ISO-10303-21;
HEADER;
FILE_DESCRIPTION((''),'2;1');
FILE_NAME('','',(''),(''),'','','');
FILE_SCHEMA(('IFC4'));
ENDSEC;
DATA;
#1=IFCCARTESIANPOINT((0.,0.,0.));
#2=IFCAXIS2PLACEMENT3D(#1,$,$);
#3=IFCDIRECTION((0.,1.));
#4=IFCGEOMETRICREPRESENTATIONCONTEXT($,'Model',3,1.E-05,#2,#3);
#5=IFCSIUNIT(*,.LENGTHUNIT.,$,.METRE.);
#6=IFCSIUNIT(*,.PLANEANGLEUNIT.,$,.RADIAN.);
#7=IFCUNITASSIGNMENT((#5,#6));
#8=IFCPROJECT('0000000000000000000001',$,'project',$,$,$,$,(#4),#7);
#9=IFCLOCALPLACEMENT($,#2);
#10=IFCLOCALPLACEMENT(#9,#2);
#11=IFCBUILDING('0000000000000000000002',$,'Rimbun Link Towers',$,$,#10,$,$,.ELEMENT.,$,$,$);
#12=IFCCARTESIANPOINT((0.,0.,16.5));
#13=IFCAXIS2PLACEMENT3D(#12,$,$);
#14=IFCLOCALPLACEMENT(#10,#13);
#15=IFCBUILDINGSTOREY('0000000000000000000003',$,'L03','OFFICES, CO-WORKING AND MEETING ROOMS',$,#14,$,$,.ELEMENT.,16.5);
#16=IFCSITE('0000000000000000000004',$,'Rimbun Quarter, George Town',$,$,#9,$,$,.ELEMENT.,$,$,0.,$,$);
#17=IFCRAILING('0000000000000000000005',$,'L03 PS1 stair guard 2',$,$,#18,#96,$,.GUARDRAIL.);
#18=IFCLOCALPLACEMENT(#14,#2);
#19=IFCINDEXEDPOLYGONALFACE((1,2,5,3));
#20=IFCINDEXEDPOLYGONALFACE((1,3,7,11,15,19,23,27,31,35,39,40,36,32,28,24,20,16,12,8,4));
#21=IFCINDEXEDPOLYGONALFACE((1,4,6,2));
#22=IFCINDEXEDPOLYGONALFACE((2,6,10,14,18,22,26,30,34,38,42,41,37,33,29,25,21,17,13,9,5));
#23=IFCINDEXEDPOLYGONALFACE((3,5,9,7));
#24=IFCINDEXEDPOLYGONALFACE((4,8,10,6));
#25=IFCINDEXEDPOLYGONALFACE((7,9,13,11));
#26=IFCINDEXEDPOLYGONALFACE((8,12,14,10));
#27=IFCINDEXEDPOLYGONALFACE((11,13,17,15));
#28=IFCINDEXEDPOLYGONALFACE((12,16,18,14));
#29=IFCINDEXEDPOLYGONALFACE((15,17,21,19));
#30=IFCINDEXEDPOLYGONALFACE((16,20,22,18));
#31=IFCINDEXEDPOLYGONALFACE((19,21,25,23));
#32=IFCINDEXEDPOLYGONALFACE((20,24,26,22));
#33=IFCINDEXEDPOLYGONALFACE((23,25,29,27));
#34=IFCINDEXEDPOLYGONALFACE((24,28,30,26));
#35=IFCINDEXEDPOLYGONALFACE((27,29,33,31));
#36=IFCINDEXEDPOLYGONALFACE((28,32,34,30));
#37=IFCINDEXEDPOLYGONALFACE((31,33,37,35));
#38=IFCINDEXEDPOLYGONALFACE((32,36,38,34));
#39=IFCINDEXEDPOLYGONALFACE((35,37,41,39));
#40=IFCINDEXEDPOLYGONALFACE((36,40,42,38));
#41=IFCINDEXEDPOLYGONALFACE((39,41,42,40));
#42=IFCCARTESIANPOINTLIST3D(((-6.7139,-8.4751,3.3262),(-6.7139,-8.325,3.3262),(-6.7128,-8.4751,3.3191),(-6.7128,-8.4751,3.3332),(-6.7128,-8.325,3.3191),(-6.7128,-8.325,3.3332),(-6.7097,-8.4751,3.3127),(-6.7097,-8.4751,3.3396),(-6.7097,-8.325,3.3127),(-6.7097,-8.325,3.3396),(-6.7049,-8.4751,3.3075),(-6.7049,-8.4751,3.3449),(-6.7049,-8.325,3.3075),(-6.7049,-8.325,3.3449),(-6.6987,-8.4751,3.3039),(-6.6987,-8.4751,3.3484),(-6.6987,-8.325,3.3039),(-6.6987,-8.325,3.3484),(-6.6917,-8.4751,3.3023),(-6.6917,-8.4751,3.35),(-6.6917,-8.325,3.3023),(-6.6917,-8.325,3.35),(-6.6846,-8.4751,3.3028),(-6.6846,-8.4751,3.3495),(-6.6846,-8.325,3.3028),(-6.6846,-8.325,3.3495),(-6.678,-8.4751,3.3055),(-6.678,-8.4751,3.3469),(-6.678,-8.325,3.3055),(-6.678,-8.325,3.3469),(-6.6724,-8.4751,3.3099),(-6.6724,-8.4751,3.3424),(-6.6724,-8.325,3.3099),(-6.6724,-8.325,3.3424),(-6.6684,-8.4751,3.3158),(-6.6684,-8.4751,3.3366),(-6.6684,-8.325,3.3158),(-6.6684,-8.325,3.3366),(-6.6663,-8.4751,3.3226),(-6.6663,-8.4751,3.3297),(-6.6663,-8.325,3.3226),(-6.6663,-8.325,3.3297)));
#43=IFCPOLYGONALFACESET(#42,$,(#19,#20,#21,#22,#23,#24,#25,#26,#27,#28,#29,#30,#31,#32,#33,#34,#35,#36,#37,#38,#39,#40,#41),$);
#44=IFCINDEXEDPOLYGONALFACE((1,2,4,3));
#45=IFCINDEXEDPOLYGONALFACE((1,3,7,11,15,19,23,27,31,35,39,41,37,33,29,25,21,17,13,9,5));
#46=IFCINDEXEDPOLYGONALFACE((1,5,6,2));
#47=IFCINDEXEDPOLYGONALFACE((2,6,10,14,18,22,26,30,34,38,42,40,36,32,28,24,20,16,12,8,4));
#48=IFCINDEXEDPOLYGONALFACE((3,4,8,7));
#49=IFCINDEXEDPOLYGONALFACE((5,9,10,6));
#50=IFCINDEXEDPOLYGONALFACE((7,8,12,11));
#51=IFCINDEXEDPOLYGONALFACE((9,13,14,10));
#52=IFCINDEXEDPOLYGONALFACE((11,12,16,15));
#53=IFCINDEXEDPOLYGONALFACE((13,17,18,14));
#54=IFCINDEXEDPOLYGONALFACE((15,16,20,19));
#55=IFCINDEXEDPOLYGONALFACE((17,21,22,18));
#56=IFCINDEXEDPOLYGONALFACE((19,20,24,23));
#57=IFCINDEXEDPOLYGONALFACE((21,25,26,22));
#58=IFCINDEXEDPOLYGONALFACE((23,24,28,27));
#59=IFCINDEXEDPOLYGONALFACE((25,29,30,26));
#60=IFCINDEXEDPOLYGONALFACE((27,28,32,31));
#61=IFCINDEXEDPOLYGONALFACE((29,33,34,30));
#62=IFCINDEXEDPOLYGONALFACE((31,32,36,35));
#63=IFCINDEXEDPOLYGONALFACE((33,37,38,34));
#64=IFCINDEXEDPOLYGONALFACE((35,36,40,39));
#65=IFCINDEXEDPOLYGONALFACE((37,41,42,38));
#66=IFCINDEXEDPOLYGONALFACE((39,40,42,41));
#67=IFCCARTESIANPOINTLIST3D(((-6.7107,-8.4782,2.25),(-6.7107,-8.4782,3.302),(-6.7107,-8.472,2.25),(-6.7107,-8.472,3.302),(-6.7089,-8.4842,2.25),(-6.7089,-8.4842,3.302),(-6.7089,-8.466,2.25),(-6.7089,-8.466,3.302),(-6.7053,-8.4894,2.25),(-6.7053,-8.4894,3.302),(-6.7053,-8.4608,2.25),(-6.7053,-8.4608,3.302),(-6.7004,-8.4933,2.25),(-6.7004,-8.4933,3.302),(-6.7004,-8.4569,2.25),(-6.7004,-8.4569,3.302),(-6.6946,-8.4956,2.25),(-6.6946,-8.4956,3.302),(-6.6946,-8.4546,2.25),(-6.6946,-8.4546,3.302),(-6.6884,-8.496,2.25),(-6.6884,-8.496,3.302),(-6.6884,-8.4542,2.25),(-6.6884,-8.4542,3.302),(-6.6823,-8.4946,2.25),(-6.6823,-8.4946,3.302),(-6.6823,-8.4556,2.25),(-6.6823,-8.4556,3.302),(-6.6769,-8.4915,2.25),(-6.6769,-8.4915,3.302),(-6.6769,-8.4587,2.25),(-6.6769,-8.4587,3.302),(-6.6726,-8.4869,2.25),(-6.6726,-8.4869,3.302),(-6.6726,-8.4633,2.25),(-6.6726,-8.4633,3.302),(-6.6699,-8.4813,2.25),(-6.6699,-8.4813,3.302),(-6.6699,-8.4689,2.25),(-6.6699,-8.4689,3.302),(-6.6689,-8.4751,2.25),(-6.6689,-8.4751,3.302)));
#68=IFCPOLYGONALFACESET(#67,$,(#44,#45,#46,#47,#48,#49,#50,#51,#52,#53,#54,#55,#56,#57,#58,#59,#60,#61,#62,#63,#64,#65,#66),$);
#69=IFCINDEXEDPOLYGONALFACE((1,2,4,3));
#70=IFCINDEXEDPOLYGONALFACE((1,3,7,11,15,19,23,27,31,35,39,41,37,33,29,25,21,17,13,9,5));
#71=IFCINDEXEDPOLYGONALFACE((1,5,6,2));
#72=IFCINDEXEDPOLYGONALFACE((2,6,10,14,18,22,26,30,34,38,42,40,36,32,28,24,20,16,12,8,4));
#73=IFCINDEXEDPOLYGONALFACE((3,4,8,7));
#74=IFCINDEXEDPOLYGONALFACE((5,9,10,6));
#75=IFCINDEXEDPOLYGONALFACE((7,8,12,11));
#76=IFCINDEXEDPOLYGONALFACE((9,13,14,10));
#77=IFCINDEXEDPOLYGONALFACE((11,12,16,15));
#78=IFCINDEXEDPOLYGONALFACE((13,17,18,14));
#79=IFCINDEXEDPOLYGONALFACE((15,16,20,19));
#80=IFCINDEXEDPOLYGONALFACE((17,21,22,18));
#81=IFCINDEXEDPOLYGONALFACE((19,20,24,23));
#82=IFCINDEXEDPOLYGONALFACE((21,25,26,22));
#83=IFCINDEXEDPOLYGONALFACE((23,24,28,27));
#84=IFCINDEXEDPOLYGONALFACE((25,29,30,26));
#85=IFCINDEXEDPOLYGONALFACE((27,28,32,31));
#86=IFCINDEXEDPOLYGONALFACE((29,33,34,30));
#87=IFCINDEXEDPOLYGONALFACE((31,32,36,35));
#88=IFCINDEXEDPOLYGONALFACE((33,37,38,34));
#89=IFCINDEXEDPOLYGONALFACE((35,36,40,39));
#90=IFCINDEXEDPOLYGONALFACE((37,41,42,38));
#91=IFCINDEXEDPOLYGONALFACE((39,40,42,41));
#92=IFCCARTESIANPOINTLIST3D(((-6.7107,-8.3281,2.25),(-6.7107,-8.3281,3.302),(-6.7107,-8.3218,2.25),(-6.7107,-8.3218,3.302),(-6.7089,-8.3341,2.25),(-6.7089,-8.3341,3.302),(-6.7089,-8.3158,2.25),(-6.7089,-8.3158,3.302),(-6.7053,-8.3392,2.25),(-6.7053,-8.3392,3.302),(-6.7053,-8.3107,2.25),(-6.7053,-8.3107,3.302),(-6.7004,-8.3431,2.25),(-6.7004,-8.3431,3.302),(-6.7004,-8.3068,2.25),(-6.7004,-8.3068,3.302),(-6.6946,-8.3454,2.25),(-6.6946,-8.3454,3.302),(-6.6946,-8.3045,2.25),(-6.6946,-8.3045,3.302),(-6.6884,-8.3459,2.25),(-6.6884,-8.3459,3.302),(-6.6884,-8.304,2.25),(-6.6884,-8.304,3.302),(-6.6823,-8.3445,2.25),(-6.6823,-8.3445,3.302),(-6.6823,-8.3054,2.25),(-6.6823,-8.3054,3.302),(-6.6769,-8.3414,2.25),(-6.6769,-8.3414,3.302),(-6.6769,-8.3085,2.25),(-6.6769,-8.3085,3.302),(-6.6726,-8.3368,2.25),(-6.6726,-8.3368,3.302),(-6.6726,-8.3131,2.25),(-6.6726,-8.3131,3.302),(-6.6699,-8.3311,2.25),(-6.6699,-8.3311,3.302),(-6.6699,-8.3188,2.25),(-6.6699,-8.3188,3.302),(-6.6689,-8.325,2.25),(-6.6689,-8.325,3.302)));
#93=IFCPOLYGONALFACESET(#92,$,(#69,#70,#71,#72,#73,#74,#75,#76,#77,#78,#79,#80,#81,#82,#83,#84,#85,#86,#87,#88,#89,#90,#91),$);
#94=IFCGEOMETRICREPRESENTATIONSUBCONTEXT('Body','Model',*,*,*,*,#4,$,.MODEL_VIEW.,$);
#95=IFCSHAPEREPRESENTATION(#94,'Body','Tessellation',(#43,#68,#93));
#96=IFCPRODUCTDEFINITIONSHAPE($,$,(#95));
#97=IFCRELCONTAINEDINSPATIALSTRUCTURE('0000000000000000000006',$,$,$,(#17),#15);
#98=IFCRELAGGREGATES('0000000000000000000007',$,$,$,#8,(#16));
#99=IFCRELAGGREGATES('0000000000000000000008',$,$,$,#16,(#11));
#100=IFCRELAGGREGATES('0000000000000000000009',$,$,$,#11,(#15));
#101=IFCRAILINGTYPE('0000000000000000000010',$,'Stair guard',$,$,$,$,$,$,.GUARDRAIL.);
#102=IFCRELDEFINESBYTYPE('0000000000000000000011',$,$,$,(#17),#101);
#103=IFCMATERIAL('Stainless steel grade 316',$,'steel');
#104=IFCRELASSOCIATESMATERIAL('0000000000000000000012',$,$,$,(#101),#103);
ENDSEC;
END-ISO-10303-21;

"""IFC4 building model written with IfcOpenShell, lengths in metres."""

from ifc_helpers import new_model, si_unit, direction, frame, origin, origin_2d, place, context, subcontext, project, spatial, circle, extrude, material, type_object, element, save


model = new_model("IFC4")

# Units and contexts
model_context = context("Model", 3, precision=1e-05, world=origin(), true_north=direction((0.0, 1.0)))
body_context = subcontext(model_context, "Body", "Model", "MODEL_VIEW")
ifc_project = project(units=[si_unit("LENGTHUNIT", "METRE"), si_unit("PLANEANGLEUNIT", "RADIAN")], contexts=[model_context])

# Site, building, storey
site_placement = place(None, origin())
site = spatial("IfcSite", under=ifc_project, at=site_placement, Name="Rimbun Quarter, George Town", CompositionType="ELEMENT", RefElevation=0.0)
building_placement = place(site_placement, origin())
building = spatial("IfcBuilding", under=site, at=building_placement, Name="Rimbun Link Towers", CompositionType="ELEMENT")
storey_placement = place(building_placement, frame((0.0, 0.0, 16.5)))
storey = spatial("IfcBuildingStorey", under=building, at=storey_placement, Name="L03", Description="OFFICES, CO-WORKING AND MEETING ROOMS", CompositionType="ELEMENT", Elevation=16.5)

# Railing
ifc_material_1 = material(Name="Stainless steel grade 316", Category="steel")
railing_type_1 = type_object("IfcRailingType", Name="Stair guard", PredefinedType="GUARDRAIL", material=ifc_material_1)
railing_1_placement = place(storey_placement, frame((-6.6899, -8.4751, 2.25)))
element("IfcRailing", 1, at=railing_1_placement, inside=storey, type_object=railing_type_1, Name="L03 PS1 stair guard 2", PredefinedType="GUARDRAIL", context=body_context, shape_type="SweptSolid", body=[
    extrude(circle(Radius=0.0239, at=origin_2d()), frame((0.0, 0.0, 1.0762), z_axis=(0.0, 1.0, 0.0), x_axis=(-1.0, 0.0, 0.0)), (0.0, 0.0, 1.0), 0.1501),
    extrude(circle(Radius=0.021, at=origin_2d()), origin(), (0.0, 0.0, 1.0), 1.052),
    extrude(circle(Radius=0.021, at=origin_2d()), frame((0.0, 0.1501, 0.0)), (0.0, 0.0, 1.0), 1.052),
])

save(model, "model.ifc")
